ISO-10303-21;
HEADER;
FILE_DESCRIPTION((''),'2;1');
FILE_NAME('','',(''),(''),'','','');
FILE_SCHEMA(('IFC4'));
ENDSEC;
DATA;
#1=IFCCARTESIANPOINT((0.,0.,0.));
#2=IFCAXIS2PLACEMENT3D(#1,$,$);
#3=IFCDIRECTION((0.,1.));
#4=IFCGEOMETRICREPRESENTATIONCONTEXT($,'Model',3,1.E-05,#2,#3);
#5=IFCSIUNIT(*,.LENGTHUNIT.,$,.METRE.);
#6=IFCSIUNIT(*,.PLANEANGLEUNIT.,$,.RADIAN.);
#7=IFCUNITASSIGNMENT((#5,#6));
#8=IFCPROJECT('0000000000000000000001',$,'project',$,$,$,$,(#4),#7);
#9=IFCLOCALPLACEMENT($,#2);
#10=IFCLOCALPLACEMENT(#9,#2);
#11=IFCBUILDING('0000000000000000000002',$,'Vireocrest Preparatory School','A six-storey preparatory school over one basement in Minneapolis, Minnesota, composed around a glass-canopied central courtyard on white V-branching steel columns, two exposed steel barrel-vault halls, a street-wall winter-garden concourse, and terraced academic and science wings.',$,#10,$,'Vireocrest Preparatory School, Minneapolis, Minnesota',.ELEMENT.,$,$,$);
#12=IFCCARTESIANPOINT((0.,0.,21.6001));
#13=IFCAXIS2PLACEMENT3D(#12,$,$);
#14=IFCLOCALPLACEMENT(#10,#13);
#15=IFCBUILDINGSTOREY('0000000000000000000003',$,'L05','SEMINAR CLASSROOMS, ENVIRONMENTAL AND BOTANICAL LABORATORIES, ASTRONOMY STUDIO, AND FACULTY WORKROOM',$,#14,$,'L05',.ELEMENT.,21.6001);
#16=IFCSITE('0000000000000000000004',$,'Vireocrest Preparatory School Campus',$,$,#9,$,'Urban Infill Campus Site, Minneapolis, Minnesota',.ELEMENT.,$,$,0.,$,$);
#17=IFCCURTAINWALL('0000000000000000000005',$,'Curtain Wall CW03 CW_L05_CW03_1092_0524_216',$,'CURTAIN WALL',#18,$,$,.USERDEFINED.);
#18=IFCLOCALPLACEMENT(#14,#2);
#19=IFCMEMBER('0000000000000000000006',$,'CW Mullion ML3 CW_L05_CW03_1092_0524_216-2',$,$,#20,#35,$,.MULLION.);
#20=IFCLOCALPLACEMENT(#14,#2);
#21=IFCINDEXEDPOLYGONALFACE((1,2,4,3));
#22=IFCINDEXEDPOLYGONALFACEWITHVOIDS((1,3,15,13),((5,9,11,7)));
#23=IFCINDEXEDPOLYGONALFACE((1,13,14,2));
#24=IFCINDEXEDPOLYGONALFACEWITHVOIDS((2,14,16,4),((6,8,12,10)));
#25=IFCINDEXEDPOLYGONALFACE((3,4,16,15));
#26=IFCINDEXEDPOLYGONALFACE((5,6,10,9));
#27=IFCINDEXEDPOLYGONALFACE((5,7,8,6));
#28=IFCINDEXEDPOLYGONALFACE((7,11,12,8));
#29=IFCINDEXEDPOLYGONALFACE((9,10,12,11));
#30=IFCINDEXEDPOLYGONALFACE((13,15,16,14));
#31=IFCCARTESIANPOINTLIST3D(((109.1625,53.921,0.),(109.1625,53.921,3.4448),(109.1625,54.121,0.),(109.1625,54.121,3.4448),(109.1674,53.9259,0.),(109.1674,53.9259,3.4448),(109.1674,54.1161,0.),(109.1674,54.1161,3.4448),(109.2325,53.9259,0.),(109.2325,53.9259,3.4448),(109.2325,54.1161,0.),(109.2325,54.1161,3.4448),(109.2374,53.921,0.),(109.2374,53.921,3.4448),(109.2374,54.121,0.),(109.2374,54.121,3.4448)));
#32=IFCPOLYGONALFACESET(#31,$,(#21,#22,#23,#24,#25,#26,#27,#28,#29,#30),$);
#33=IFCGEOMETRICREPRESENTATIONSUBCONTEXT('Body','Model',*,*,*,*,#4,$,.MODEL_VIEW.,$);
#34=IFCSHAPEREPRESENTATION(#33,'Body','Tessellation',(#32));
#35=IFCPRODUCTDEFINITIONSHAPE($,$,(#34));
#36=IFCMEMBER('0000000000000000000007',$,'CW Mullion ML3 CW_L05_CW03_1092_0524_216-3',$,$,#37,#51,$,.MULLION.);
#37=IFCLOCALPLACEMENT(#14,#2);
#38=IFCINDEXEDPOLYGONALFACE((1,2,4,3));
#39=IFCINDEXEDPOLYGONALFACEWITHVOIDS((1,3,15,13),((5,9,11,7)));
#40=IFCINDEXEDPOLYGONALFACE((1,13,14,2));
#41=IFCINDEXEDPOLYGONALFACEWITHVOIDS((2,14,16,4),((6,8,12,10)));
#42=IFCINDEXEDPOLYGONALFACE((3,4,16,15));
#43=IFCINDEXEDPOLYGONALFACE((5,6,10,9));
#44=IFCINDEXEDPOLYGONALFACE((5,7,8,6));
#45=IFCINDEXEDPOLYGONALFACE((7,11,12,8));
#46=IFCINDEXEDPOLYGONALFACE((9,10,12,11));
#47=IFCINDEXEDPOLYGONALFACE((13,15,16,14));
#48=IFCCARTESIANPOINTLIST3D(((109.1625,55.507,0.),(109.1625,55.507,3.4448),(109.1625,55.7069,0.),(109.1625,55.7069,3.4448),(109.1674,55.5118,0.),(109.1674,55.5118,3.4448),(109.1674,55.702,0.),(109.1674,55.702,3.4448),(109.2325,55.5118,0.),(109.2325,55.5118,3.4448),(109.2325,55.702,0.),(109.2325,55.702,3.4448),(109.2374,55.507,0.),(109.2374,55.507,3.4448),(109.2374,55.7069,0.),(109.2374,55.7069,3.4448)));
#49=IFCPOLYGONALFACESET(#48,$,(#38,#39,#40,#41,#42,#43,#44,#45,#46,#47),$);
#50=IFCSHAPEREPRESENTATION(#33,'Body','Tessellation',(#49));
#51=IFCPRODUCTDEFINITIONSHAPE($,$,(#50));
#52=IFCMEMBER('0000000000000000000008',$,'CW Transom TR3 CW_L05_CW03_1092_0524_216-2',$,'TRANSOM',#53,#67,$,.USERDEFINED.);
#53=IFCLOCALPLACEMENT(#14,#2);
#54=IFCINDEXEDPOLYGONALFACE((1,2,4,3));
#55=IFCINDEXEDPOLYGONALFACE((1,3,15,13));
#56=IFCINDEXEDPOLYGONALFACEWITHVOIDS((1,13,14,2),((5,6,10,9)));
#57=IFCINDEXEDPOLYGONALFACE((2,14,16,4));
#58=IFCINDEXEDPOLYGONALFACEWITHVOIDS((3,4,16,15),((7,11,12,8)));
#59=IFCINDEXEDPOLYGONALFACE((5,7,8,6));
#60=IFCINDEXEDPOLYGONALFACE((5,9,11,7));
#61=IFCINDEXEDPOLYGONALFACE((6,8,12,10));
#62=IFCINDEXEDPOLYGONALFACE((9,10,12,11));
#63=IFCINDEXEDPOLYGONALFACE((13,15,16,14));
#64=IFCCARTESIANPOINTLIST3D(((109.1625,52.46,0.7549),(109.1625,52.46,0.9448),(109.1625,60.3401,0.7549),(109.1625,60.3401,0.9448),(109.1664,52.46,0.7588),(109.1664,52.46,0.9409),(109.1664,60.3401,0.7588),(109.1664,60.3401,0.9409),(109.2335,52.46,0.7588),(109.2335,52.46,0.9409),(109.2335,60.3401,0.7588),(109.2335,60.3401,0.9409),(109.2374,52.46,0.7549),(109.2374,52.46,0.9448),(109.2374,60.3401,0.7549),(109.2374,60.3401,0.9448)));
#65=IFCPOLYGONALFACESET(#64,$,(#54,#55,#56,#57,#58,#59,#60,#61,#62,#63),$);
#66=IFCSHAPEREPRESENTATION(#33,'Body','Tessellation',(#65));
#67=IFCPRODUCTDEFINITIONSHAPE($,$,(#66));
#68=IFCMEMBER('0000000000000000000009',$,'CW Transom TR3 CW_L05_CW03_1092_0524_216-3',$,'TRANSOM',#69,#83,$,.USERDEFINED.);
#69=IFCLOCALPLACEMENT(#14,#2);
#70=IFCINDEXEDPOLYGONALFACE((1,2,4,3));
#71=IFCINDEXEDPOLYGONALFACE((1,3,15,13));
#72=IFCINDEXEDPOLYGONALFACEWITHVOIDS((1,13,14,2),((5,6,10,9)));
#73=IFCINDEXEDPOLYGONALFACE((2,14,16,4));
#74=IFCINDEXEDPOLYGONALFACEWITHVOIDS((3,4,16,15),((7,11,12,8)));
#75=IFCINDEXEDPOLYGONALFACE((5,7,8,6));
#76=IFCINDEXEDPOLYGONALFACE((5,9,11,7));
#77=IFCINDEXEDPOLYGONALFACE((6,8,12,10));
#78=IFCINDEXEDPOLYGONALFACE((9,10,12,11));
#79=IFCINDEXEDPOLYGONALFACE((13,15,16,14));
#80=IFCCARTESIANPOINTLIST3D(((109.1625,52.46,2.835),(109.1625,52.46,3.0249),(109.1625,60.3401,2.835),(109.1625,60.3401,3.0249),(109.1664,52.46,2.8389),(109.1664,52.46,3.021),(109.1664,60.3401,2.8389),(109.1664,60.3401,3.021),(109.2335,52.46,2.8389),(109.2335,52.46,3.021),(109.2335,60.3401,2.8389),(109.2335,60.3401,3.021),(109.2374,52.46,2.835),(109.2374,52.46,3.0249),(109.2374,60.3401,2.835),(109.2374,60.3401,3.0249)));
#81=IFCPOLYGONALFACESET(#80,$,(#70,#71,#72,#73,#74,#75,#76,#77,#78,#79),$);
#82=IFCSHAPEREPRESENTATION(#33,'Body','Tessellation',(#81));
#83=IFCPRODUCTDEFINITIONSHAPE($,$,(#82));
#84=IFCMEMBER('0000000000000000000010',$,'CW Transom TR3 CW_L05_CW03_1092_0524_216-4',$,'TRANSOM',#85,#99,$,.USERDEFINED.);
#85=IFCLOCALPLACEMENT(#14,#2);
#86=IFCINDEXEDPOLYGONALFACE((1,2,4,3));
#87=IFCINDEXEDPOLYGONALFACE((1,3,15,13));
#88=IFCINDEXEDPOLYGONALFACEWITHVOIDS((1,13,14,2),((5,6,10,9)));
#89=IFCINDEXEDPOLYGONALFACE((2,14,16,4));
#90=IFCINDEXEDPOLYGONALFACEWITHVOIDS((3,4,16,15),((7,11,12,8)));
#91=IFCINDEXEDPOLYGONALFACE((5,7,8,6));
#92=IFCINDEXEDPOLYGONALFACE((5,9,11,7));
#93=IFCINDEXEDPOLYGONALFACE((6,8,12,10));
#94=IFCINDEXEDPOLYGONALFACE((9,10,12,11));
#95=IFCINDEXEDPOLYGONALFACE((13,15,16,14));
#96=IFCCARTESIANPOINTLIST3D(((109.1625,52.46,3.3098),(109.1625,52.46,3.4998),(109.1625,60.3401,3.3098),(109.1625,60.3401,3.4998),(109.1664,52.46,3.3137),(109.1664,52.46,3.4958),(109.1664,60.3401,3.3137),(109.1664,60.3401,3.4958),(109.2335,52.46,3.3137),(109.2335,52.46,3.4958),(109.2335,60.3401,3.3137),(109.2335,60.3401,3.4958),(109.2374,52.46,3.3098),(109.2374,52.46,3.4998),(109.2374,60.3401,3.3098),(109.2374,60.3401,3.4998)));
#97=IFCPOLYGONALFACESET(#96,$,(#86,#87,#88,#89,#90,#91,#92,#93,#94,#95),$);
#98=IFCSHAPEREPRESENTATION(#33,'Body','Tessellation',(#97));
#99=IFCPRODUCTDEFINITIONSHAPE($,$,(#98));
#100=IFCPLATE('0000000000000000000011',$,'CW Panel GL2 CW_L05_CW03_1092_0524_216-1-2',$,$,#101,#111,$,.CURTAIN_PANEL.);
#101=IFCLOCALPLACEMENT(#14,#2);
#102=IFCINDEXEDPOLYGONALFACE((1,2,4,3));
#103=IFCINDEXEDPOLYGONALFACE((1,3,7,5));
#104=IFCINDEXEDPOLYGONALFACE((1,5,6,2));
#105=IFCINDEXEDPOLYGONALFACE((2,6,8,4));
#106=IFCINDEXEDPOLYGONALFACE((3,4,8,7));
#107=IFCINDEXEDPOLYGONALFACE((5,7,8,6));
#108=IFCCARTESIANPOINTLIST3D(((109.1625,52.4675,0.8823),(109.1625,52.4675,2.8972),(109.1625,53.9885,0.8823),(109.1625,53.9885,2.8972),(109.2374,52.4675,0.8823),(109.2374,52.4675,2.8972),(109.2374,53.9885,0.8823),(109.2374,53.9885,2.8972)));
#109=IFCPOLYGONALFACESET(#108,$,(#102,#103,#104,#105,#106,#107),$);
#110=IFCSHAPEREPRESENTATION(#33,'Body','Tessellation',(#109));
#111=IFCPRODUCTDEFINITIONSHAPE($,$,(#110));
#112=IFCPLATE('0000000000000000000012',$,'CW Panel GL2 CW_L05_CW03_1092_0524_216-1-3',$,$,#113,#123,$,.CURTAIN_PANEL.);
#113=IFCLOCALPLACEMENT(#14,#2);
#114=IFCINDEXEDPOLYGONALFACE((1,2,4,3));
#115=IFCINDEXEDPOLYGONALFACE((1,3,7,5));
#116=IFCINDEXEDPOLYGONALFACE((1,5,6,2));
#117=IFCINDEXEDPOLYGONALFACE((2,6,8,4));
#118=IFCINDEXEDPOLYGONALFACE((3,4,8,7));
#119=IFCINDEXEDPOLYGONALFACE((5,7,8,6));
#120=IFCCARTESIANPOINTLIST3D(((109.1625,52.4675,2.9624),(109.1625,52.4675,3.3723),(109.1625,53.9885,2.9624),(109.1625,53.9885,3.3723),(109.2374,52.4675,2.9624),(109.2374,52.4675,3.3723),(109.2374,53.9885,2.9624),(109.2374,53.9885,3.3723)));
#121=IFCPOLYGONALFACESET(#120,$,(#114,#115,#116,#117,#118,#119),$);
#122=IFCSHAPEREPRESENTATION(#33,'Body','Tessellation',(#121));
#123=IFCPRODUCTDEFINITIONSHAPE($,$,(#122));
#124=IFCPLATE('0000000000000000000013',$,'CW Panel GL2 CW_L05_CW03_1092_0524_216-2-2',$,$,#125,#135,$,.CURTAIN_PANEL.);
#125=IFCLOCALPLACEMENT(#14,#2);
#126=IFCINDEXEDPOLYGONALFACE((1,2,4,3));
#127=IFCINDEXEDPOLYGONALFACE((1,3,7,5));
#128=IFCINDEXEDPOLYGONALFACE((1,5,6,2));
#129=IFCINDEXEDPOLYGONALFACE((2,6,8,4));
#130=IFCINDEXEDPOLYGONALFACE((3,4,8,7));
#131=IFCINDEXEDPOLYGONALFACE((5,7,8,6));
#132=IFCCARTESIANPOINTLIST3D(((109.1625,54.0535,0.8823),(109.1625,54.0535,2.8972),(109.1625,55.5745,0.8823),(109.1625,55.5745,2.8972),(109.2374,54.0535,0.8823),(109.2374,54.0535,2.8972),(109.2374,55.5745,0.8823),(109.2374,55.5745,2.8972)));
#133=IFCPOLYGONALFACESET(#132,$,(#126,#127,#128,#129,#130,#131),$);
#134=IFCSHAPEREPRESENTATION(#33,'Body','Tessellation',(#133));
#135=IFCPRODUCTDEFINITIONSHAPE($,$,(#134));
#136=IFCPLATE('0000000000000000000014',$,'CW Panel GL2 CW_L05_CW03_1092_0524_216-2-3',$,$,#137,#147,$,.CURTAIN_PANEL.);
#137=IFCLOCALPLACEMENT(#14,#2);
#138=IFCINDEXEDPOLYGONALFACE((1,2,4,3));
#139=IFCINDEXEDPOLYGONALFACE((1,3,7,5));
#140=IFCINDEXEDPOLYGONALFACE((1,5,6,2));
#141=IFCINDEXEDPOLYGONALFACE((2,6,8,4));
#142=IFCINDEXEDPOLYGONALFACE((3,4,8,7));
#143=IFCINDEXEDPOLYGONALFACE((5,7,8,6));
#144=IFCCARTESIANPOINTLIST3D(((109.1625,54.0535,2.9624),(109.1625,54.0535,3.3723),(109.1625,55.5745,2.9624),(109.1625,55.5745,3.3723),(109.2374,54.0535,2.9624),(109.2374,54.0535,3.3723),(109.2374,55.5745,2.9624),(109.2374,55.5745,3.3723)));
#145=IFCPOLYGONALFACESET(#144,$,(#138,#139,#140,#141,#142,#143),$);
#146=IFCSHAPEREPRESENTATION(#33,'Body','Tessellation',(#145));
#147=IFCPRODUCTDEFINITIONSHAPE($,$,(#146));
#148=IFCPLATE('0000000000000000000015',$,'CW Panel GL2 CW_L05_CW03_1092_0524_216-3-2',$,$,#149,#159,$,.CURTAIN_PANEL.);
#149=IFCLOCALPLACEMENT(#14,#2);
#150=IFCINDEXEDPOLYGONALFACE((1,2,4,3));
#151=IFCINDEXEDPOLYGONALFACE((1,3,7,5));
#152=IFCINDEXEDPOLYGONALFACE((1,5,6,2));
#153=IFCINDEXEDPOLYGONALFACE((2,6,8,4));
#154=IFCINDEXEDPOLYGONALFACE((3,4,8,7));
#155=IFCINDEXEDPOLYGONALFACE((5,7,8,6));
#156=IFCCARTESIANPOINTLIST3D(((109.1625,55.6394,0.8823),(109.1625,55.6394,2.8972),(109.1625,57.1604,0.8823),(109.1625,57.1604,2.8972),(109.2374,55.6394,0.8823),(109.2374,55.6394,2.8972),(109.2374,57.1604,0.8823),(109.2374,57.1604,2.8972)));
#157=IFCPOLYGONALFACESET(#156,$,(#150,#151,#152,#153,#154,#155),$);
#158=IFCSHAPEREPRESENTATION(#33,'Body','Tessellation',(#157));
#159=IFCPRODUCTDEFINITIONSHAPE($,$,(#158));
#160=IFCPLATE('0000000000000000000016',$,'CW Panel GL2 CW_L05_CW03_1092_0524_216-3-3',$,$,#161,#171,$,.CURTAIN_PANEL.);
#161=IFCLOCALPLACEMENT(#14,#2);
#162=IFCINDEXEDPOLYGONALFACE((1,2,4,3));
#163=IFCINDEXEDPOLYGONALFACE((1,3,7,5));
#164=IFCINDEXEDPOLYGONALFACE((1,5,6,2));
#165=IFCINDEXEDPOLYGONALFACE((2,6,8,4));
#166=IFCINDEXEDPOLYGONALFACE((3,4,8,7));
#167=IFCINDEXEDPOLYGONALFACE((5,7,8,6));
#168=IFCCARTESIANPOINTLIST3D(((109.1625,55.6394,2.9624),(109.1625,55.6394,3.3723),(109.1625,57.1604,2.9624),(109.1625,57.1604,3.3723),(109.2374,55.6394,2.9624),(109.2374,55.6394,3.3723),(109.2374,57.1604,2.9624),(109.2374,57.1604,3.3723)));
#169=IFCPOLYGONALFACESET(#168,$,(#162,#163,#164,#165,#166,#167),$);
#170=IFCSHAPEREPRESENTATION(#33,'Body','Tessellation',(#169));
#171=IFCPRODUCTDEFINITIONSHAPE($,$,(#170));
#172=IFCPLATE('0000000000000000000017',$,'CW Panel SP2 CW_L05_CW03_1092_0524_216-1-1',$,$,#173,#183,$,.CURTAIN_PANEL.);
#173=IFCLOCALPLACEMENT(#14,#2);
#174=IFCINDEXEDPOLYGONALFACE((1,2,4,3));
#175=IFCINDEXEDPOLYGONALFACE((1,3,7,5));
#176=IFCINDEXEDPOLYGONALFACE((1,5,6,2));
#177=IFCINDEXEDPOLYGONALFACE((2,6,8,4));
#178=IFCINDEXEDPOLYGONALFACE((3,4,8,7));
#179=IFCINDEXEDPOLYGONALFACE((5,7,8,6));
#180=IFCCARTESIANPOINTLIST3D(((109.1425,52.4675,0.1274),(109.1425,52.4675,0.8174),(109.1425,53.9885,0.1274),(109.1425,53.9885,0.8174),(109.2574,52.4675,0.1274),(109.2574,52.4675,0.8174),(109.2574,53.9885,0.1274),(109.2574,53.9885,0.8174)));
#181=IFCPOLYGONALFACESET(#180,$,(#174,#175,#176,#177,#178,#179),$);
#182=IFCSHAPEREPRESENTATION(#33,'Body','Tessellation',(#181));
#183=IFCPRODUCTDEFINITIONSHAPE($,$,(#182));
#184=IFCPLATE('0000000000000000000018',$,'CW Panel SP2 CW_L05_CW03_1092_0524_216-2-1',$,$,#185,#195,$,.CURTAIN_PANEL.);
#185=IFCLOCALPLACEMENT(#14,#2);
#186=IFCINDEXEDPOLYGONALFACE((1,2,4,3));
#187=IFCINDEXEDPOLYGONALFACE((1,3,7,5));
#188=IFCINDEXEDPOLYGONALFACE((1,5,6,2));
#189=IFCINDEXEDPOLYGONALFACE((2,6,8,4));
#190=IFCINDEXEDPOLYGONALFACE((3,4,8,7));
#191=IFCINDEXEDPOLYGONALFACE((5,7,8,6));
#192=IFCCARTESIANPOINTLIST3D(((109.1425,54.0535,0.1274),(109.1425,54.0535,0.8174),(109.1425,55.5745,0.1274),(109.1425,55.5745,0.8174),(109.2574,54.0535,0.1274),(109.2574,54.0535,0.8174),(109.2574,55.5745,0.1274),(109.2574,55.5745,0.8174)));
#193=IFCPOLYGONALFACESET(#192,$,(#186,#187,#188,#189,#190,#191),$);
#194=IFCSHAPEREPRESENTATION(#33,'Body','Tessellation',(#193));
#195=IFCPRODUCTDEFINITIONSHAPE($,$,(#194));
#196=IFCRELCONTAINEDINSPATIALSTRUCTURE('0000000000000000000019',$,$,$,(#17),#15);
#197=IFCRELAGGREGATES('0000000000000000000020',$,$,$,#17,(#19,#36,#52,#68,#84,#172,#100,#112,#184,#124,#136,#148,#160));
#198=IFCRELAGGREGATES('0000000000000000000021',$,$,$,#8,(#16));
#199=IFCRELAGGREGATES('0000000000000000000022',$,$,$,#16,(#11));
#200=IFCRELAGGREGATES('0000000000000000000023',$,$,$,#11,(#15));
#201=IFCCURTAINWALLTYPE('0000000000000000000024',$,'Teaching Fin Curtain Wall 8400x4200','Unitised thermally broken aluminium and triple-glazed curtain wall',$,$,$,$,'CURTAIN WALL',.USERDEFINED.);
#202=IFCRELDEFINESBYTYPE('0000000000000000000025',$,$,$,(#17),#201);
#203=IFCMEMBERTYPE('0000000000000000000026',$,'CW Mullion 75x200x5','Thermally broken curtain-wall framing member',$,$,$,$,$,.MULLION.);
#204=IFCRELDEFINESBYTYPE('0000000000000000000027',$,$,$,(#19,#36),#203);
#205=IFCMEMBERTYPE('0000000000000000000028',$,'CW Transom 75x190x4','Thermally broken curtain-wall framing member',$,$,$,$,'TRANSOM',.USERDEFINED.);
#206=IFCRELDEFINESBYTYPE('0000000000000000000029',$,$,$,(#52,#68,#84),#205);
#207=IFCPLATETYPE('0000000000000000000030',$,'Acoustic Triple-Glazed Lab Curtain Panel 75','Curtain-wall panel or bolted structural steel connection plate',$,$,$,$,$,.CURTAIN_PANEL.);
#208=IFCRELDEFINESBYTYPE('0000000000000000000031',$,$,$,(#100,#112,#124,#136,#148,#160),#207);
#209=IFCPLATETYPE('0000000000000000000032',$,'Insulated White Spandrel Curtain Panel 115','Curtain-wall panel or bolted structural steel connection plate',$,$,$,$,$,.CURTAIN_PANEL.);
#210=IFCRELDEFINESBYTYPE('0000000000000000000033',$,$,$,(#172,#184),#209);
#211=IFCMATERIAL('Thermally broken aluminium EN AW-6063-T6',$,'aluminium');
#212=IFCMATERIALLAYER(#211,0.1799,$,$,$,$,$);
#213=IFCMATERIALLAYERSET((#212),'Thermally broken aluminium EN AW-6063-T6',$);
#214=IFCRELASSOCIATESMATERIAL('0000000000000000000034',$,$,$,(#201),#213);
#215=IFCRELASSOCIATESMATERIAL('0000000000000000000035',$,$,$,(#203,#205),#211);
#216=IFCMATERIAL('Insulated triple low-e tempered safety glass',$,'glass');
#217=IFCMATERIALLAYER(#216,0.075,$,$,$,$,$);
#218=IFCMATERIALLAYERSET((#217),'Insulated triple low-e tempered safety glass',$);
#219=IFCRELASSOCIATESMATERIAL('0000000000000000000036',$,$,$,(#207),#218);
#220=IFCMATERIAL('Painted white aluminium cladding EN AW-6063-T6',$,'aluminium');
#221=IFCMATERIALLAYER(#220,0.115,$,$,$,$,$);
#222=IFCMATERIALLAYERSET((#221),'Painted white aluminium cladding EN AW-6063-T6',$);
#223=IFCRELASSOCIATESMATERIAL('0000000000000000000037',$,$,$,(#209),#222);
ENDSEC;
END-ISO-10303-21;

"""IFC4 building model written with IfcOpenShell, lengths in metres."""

from ifc_helpers import new_model, si_unit, direction, frame, origin, origin_2d, place, context, subcontext, project, spatial, rectangle, hollow_rectangle, extrude, material, layer, layer_set, material_profile, profile_set, type_object, element, aggregate, save


model = new_model("IFC4")

# Units and contexts
model_context = context("Model", 3, precision=1e-05, world=origin(), true_north=direction((0.0, 1.0)))
body_context = subcontext(model_context, "Body", "Model", "MODEL_VIEW")
ifc_project = project(units=[si_unit("LENGTHUNIT", "METRE"), si_unit("PLANEANGLEUNIT", "RADIAN")], contexts=[model_context])

# Site, building, storey
site_placement = place(None, origin())
site = spatial("IfcSite", under=ifc_project, at=site_placement, Name="Vireocrest Preparatory School Campus", LongName="Urban Infill Campus Site, Minneapolis, Minnesota", CompositionType="ELEMENT", RefElevation=0.0)
building_placement = place(site_placement, origin())
building = spatial("IfcBuilding", under=site, at=building_placement, Name="Vireocrest Preparatory School", Description="A six-storey preparatory school over one basement in Minneapolis, Minnesota, composed around a glass-canopied central courtyard on white V-branching steel columns, two exposed steel barrel-vault halls, a street-wall winter-garden concourse, and terraced academic and science wings.", LongName="Vireocrest Preparatory School, Minneapolis, Minnesota", CompositionType="ELEMENT")
storey_placement = place(building_placement, frame((0.0, 0.0, 21.6001)))
storey = spatial("IfcBuildingStorey", under=building, at=storey_placement, Name="L05", Description="SEMINAR CLASSROOMS, ENVIRONMENTAL AND BOTANICAL LABORATORIES, ASTRONOMY STUDIO, AND FACULTY WORKROOM", LongName="L05", CompositionType="ELEMENT", Elevation=21.6001)

# Curtain wall, members, plates
ifc_material_1 = material(Name="Thermally broken aluminium EN AW-6063-T6", Category="aluminium")
ifc_layer_1 = layer(ifc_material_1, 0.1799)
ifc_layer_set_1 = layer_set([ifc_layer_1], Name="Thermally broken aluminium EN AW-6063-T6")
curtain_wall_type = type_object("IfcCurtainWallType", Name="Teaching Fin Curtain Wall 8400x4200", Description="Unitised thermally broken aluminium and triple-glazed curtain wall", ElementType="CURTAIN WALL", PredefinedType="USERDEFINED", material=ifc_layer_set_1)
curtain_wall_placement = place(storey_placement, origin())
curtain_wall = element("IfcCurtainWall", 1, at=curtain_wall_placement, inside=storey, type_object=curtain_wall_type, Name="Curtain Wall CW03 CW_L05_CW03_1092_0524_216", ObjectType="CURTAIN WALL", PredefinedType="USERDEFINED")
ifc_material_profile_1 = material_profile(ifc_material_1, hollow_rectangle(XDim=0.075, YDim=0.2, WallThickness=0.0049, at=origin_2d()), Name="ALU 75x200x5")
ifc_profile_set_1 = profile_set([ifc_material_profile_1], Name="Thermally broken aluminium EN AW-6063-T6")
member_type_1 = type_object("IfcMemberType", Name="CW Mullion 75x200x5", Description="Thermally broken curtain-wall framing member", PredefinedType="MULLION", material=ifc_profile_set_1)
member_1_placement = place(storey_placement, frame((109.2, 54.021, 0.0), z_axis=(0.0, 0.0, 1.0), x_axis=(1.0, 0.0, 0.0)))
member_1 = element("IfcMember", 2, at=member_1_placement, type_object=member_type_1, Name="CW Mullion ML3 CW_L05_CW03_1092_0524_216-2", PredefinedType="MULLION", context=body_context, shape_type="SweptSolid", body=[
    extrude(hollow_rectangle(XDim=0.075, YDim=0.2, WallThickness=0.0049, at=origin_2d()), origin(), (0.0, 0.0, 1.0), 3.4448),
])
member_2_placement = place(storey_placement, frame((109.2, 55.6069, 0.0), z_axis=(0.0, 0.0, 1.0), x_axis=(1.0, 0.0, 0.0)))
member_2 = element("IfcMember", 3, at=member_2_placement, type_object=member_type_1, Name="CW Mullion ML3 CW_L05_CW03_1092_0524_216-3", PredefinedType="MULLION", context=body_context, shape_type="SweptSolid", body=[
    extrude(hollow_rectangle(XDim=0.075, YDim=0.2, WallThickness=0.0049, at=origin_2d()), origin(), (0.0, 0.0, 1.0), 3.4448),
])
ifc_material_profile_2 = material_profile(ifc_material_1, hollow_rectangle(XDim=0.075, YDim=0.1899, WallThickness=0.0039, at=origin_2d()), Name="ALU 75x190x4")
ifc_profile_set_2 = profile_set([ifc_material_profile_2], Name="Thermally broken aluminium EN AW-6063-T6")
member_type_2 = type_object("IfcMemberType", Name="CW Transom 75x190x4", Description="Thermally broken curtain-wall framing member", ElementType="TRANSOM", PredefinedType="USERDEFINED", material=ifc_profile_set_2)
member_3_placement = place(storey_placement, frame((109.2, 52.46, 0.8499), z_axis=(0.0, 1.0, 0.0), x_axis=(-1.0, 0.0, 0.0)))
member_3 = element("IfcMember", 4, at=member_3_placement, type_object=member_type_2, Name="CW Transom TR3 CW_L05_CW03_1092_0524_216-2", ObjectType="TRANSOM", PredefinedType="USERDEFINED", context=body_context, shape_type="SweptSolid", body=[
    extrude(hollow_rectangle(XDim=0.075, YDim=0.1899, WallThickness=0.0039, at=origin_2d()), origin(), (0.0, 0.0, 1.0), 7.8801),
])
member_4_placement = place(storey_placement, frame((109.2, 52.46, 2.9299), z_axis=(0.0, 1.0, 0.0), x_axis=(-1.0, 0.0, 0.0)))
member_4 = element("IfcMember", 5, at=member_4_placement, type_object=member_type_2, Name="CW Transom TR3 CW_L05_CW03_1092_0524_216-3", ObjectType="TRANSOM", PredefinedType="USERDEFINED", context=body_context, shape_type="SweptSolid", body=[
    extrude(hollow_rectangle(XDim=0.075, YDim=0.1899, WallThickness=0.0039, at=origin_2d()), origin(), (0.0, 0.0, 1.0), 7.8801),
])
member_5_placement = place(storey_placement, frame((109.2, 52.46, 3.4048), z_axis=(0.0, 1.0, 0.0), x_axis=(-1.0, 0.0, 0.0)))
member_5 = element("IfcMember", 6, at=member_5_placement, type_object=member_type_2, Name="CW Transom TR3 CW_L05_CW03_1092_0524_216-4", ObjectType="TRANSOM", PredefinedType="USERDEFINED", context=body_context, shape_type="SweptSolid", body=[
    extrude(hollow_rectangle(XDim=0.075, YDim=0.1899, WallThickness=0.0039, at=origin_2d()), origin(), (0.0, 0.0, 1.0), 7.8801),
])
ifc_material_2 = material(Name="Insulated triple low-e tempered safety glass", Category="glass")
ifc_layer_2 = layer(ifc_material_2, 0.075)
ifc_layer_set_2 = layer_set([ifc_layer_2], Name="Insulated triple low-e tempered safety glass")
plate_type_1 = type_object("IfcPlateType", Name="Acoustic Triple-Glazed Lab Curtain Panel 75", Description="Curtain-wall panel or bolted structural steel connection plate", PredefinedType="CURTAIN_PANEL", material=ifc_layer_set_2)
plate_1_placement = place(storey_placement, frame((109.2, 53.228, 0.8823), z_axis=(0.0, 0.0, 1.0), x_axis=(0.0, 1.0, 0.0)))
plate_1 = element("IfcPlate", 7, at=plate_1_placement, type_object=plate_type_1, Name="CW Panel GL2 CW_L05_CW03_1092_0524_216-1-2", PredefinedType="CURTAIN_PANEL", context=body_context, shape_type="SweptSolid", body=[
    extrude(rectangle(XDim=1.521, YDim=0.075, at=origin_2d()), origin(), (0.0, 0.0, 1.0), 2.0149),
])
plate_2_placement = place(storey_placement, frame((109.2, 53.228, 2.9624), z_axis=(0.0, 0.0, 1.0), x_axis=(0.0, 1.0, 0.0)))
plate_2 = element("IfcPlate", 8, at=plate_2_placement, type_object=plate_type_1, Name="CW Panel GL2 CW_L05_CW03_1092_0524_216-1-3", PredefinedType="CURTAIN_PANEL", context=body_context, shape_type="SweptSolid", body=[
    extrude(rectangle(XDim=1.521, YDim=0.075, at=origin_2d()), origin(), (0.0, 0.0, 1.0), 0.4099),
])
plate_3_placement = place(storey_placement, frame((109.2, 54.814, 0.8823), z_axis=(0.0, 0.0, 1.0), x_axis=(0.0, 1.0, 0.0)))
plate_3 = element("IfcPlate", 9, at=plate_3_placement, type_object=plate_type_1, Name="CW Panel GL2 CW_L05_CW03_1092_0524_216-2-2", PredefinedType="CURTAIN_PANEL", context=body_context, shape_type="SweptSolid", body=[
    extrude(rectangle(XDim=1.521, YDim=0.075, at=origin_2d()), origin(), (0.0, 0.0, 1.0), 2.0149),
])
plate_4_placement = place(storey_placement, frame((109.2, 54.814, 2.9624), z_axis=(0.0, 0.0, 1.0), x_axis=(0.0, 1.0, 0.0)))
plate_4 = element("IfcPlate", 10, at=plate_4_placement, type_object=plate_type_1, Name="CW Panel GL2 CW_L05_CW03_1092_0524_216-2-3", PredefinedType="CURTAIN_PANEL", context=body_context, shape_type="SweptSolid", body=[
    extrude(rectangle(XDim=1.521, YDim=0.075, at=origin_2d()), origin(), (0.0, 0.0, 1.0), 0.4099),
])
plate_5_placement = place(storey_placement, frame((109.2, 56.3999, 0.8823), z_axis=(0.0, 0.0, 1.0), x_axis=(0.0, 1.0, 0.0)))
plate_5 = element("IfcPlate", 11, at=plate_5_placement, type_object=plate_type_1, Name="CW Panel GL2 CW_L05_CW03_1092_0524_216-3-2", PredefinedType="CURTAIN_PANEL", context=body_context, shape_type="SweptSolid", body=[
    extrude(rectangle(XDim=1.521, YDim=0.075, at=origin_2d()), origin(), (0.0, 0.0, 1.0), 2.0149),
])
plate_6_placement = place(storey_placement, frame((109.2, 56.3999, 2.9624), z_axis=(0.0, 0.0, 1.0), x_axis=(0.0, 1.0, 0.0)))
plate_6 = element("IfcPlate", 12, at=plate_6_placement, type_object=plate_type_1, Name="CW Panel GL2 CW_L05_CW03_1092_0524_216-3-3", PredefinedType="CURTAIN_PANEL", context=body_context, shape_type="SweptSolid", body=[
    extrude(rectangle(XDim=1.521, YDim=0.075, at=origin_2d()), origin(), (0.0, 0.0, 1.0), 0.4099),
])
ifc_material_3 = material(Name="Painted white aluminium cladding EN AW-6063-T6", Category="aluminium")
ifc_layer_3 = layer(ifc_material_3, 0.115)
ifc_layer_set_3 = layer_set([ifc_layer_3], Name="Painted white aluminium cladding EN AW-6063-T6")
plate_type_2 = type_object("IfcPlateType", Name="Insulated White Spandrel Curtain Panel 115", Description="Curtain-wall panel or bolted structural steel connection plate", PredefinedType="CURTAIN_PANEL", material=ifc_layer_set_3)
plate_7_placement = place(storey_placement, frame((109.2, 53.228, 0.1274), z_axis=(0.0, 0.0, 1.0), x_axis=(0.0, 1.0, 0.0)))
plate_7 = element("IfcPlate", 13, at=plate_7_placement, type_object=plate_type_2, Name="CW Panel SP2 CW_L05_CW03_1092_0524_216-1-1", PredefinedType="CURTAIN_PANEL", context=body_context, shape_type="SweptSolid", body=[
    extrude(rectangle(XDim=1.521, YDim=0.115, at=origin_2d()), origin(), (0.0, 0.0, 1.0), 0.6899),
])
plate_8_placement = place(storey_placement, frame((109.2, 54.814, 0.1274), z_axis=(0.0, 0.0, 1.0), x_axis=(0.0, 1.0, 0.0)))
plate_8 = element("IfcPlate", 14, at=plate_8_placement, type_object=plate_type_2, Name="CW Panel SP2 CW_L05_CW03_1092_0524_216-2-1", PredefinedType="CURTAIN_PANEL", context=body_context, shape_type="SweptSolid", body=[
    extrude(rectangle(XDim=1.521, YDim=0.115, at=origin_2d()), origin(), (0.0, 0.0, 1.0), 0.6899),
])
aggregate(curtain_wall, [member_1, member_2, member_3, member_4, member_5, plate_7, plate_1, plate_2, plate_8, plate_3, plate_4, plate_5, plate_6])

save(model, "model.ifc")
